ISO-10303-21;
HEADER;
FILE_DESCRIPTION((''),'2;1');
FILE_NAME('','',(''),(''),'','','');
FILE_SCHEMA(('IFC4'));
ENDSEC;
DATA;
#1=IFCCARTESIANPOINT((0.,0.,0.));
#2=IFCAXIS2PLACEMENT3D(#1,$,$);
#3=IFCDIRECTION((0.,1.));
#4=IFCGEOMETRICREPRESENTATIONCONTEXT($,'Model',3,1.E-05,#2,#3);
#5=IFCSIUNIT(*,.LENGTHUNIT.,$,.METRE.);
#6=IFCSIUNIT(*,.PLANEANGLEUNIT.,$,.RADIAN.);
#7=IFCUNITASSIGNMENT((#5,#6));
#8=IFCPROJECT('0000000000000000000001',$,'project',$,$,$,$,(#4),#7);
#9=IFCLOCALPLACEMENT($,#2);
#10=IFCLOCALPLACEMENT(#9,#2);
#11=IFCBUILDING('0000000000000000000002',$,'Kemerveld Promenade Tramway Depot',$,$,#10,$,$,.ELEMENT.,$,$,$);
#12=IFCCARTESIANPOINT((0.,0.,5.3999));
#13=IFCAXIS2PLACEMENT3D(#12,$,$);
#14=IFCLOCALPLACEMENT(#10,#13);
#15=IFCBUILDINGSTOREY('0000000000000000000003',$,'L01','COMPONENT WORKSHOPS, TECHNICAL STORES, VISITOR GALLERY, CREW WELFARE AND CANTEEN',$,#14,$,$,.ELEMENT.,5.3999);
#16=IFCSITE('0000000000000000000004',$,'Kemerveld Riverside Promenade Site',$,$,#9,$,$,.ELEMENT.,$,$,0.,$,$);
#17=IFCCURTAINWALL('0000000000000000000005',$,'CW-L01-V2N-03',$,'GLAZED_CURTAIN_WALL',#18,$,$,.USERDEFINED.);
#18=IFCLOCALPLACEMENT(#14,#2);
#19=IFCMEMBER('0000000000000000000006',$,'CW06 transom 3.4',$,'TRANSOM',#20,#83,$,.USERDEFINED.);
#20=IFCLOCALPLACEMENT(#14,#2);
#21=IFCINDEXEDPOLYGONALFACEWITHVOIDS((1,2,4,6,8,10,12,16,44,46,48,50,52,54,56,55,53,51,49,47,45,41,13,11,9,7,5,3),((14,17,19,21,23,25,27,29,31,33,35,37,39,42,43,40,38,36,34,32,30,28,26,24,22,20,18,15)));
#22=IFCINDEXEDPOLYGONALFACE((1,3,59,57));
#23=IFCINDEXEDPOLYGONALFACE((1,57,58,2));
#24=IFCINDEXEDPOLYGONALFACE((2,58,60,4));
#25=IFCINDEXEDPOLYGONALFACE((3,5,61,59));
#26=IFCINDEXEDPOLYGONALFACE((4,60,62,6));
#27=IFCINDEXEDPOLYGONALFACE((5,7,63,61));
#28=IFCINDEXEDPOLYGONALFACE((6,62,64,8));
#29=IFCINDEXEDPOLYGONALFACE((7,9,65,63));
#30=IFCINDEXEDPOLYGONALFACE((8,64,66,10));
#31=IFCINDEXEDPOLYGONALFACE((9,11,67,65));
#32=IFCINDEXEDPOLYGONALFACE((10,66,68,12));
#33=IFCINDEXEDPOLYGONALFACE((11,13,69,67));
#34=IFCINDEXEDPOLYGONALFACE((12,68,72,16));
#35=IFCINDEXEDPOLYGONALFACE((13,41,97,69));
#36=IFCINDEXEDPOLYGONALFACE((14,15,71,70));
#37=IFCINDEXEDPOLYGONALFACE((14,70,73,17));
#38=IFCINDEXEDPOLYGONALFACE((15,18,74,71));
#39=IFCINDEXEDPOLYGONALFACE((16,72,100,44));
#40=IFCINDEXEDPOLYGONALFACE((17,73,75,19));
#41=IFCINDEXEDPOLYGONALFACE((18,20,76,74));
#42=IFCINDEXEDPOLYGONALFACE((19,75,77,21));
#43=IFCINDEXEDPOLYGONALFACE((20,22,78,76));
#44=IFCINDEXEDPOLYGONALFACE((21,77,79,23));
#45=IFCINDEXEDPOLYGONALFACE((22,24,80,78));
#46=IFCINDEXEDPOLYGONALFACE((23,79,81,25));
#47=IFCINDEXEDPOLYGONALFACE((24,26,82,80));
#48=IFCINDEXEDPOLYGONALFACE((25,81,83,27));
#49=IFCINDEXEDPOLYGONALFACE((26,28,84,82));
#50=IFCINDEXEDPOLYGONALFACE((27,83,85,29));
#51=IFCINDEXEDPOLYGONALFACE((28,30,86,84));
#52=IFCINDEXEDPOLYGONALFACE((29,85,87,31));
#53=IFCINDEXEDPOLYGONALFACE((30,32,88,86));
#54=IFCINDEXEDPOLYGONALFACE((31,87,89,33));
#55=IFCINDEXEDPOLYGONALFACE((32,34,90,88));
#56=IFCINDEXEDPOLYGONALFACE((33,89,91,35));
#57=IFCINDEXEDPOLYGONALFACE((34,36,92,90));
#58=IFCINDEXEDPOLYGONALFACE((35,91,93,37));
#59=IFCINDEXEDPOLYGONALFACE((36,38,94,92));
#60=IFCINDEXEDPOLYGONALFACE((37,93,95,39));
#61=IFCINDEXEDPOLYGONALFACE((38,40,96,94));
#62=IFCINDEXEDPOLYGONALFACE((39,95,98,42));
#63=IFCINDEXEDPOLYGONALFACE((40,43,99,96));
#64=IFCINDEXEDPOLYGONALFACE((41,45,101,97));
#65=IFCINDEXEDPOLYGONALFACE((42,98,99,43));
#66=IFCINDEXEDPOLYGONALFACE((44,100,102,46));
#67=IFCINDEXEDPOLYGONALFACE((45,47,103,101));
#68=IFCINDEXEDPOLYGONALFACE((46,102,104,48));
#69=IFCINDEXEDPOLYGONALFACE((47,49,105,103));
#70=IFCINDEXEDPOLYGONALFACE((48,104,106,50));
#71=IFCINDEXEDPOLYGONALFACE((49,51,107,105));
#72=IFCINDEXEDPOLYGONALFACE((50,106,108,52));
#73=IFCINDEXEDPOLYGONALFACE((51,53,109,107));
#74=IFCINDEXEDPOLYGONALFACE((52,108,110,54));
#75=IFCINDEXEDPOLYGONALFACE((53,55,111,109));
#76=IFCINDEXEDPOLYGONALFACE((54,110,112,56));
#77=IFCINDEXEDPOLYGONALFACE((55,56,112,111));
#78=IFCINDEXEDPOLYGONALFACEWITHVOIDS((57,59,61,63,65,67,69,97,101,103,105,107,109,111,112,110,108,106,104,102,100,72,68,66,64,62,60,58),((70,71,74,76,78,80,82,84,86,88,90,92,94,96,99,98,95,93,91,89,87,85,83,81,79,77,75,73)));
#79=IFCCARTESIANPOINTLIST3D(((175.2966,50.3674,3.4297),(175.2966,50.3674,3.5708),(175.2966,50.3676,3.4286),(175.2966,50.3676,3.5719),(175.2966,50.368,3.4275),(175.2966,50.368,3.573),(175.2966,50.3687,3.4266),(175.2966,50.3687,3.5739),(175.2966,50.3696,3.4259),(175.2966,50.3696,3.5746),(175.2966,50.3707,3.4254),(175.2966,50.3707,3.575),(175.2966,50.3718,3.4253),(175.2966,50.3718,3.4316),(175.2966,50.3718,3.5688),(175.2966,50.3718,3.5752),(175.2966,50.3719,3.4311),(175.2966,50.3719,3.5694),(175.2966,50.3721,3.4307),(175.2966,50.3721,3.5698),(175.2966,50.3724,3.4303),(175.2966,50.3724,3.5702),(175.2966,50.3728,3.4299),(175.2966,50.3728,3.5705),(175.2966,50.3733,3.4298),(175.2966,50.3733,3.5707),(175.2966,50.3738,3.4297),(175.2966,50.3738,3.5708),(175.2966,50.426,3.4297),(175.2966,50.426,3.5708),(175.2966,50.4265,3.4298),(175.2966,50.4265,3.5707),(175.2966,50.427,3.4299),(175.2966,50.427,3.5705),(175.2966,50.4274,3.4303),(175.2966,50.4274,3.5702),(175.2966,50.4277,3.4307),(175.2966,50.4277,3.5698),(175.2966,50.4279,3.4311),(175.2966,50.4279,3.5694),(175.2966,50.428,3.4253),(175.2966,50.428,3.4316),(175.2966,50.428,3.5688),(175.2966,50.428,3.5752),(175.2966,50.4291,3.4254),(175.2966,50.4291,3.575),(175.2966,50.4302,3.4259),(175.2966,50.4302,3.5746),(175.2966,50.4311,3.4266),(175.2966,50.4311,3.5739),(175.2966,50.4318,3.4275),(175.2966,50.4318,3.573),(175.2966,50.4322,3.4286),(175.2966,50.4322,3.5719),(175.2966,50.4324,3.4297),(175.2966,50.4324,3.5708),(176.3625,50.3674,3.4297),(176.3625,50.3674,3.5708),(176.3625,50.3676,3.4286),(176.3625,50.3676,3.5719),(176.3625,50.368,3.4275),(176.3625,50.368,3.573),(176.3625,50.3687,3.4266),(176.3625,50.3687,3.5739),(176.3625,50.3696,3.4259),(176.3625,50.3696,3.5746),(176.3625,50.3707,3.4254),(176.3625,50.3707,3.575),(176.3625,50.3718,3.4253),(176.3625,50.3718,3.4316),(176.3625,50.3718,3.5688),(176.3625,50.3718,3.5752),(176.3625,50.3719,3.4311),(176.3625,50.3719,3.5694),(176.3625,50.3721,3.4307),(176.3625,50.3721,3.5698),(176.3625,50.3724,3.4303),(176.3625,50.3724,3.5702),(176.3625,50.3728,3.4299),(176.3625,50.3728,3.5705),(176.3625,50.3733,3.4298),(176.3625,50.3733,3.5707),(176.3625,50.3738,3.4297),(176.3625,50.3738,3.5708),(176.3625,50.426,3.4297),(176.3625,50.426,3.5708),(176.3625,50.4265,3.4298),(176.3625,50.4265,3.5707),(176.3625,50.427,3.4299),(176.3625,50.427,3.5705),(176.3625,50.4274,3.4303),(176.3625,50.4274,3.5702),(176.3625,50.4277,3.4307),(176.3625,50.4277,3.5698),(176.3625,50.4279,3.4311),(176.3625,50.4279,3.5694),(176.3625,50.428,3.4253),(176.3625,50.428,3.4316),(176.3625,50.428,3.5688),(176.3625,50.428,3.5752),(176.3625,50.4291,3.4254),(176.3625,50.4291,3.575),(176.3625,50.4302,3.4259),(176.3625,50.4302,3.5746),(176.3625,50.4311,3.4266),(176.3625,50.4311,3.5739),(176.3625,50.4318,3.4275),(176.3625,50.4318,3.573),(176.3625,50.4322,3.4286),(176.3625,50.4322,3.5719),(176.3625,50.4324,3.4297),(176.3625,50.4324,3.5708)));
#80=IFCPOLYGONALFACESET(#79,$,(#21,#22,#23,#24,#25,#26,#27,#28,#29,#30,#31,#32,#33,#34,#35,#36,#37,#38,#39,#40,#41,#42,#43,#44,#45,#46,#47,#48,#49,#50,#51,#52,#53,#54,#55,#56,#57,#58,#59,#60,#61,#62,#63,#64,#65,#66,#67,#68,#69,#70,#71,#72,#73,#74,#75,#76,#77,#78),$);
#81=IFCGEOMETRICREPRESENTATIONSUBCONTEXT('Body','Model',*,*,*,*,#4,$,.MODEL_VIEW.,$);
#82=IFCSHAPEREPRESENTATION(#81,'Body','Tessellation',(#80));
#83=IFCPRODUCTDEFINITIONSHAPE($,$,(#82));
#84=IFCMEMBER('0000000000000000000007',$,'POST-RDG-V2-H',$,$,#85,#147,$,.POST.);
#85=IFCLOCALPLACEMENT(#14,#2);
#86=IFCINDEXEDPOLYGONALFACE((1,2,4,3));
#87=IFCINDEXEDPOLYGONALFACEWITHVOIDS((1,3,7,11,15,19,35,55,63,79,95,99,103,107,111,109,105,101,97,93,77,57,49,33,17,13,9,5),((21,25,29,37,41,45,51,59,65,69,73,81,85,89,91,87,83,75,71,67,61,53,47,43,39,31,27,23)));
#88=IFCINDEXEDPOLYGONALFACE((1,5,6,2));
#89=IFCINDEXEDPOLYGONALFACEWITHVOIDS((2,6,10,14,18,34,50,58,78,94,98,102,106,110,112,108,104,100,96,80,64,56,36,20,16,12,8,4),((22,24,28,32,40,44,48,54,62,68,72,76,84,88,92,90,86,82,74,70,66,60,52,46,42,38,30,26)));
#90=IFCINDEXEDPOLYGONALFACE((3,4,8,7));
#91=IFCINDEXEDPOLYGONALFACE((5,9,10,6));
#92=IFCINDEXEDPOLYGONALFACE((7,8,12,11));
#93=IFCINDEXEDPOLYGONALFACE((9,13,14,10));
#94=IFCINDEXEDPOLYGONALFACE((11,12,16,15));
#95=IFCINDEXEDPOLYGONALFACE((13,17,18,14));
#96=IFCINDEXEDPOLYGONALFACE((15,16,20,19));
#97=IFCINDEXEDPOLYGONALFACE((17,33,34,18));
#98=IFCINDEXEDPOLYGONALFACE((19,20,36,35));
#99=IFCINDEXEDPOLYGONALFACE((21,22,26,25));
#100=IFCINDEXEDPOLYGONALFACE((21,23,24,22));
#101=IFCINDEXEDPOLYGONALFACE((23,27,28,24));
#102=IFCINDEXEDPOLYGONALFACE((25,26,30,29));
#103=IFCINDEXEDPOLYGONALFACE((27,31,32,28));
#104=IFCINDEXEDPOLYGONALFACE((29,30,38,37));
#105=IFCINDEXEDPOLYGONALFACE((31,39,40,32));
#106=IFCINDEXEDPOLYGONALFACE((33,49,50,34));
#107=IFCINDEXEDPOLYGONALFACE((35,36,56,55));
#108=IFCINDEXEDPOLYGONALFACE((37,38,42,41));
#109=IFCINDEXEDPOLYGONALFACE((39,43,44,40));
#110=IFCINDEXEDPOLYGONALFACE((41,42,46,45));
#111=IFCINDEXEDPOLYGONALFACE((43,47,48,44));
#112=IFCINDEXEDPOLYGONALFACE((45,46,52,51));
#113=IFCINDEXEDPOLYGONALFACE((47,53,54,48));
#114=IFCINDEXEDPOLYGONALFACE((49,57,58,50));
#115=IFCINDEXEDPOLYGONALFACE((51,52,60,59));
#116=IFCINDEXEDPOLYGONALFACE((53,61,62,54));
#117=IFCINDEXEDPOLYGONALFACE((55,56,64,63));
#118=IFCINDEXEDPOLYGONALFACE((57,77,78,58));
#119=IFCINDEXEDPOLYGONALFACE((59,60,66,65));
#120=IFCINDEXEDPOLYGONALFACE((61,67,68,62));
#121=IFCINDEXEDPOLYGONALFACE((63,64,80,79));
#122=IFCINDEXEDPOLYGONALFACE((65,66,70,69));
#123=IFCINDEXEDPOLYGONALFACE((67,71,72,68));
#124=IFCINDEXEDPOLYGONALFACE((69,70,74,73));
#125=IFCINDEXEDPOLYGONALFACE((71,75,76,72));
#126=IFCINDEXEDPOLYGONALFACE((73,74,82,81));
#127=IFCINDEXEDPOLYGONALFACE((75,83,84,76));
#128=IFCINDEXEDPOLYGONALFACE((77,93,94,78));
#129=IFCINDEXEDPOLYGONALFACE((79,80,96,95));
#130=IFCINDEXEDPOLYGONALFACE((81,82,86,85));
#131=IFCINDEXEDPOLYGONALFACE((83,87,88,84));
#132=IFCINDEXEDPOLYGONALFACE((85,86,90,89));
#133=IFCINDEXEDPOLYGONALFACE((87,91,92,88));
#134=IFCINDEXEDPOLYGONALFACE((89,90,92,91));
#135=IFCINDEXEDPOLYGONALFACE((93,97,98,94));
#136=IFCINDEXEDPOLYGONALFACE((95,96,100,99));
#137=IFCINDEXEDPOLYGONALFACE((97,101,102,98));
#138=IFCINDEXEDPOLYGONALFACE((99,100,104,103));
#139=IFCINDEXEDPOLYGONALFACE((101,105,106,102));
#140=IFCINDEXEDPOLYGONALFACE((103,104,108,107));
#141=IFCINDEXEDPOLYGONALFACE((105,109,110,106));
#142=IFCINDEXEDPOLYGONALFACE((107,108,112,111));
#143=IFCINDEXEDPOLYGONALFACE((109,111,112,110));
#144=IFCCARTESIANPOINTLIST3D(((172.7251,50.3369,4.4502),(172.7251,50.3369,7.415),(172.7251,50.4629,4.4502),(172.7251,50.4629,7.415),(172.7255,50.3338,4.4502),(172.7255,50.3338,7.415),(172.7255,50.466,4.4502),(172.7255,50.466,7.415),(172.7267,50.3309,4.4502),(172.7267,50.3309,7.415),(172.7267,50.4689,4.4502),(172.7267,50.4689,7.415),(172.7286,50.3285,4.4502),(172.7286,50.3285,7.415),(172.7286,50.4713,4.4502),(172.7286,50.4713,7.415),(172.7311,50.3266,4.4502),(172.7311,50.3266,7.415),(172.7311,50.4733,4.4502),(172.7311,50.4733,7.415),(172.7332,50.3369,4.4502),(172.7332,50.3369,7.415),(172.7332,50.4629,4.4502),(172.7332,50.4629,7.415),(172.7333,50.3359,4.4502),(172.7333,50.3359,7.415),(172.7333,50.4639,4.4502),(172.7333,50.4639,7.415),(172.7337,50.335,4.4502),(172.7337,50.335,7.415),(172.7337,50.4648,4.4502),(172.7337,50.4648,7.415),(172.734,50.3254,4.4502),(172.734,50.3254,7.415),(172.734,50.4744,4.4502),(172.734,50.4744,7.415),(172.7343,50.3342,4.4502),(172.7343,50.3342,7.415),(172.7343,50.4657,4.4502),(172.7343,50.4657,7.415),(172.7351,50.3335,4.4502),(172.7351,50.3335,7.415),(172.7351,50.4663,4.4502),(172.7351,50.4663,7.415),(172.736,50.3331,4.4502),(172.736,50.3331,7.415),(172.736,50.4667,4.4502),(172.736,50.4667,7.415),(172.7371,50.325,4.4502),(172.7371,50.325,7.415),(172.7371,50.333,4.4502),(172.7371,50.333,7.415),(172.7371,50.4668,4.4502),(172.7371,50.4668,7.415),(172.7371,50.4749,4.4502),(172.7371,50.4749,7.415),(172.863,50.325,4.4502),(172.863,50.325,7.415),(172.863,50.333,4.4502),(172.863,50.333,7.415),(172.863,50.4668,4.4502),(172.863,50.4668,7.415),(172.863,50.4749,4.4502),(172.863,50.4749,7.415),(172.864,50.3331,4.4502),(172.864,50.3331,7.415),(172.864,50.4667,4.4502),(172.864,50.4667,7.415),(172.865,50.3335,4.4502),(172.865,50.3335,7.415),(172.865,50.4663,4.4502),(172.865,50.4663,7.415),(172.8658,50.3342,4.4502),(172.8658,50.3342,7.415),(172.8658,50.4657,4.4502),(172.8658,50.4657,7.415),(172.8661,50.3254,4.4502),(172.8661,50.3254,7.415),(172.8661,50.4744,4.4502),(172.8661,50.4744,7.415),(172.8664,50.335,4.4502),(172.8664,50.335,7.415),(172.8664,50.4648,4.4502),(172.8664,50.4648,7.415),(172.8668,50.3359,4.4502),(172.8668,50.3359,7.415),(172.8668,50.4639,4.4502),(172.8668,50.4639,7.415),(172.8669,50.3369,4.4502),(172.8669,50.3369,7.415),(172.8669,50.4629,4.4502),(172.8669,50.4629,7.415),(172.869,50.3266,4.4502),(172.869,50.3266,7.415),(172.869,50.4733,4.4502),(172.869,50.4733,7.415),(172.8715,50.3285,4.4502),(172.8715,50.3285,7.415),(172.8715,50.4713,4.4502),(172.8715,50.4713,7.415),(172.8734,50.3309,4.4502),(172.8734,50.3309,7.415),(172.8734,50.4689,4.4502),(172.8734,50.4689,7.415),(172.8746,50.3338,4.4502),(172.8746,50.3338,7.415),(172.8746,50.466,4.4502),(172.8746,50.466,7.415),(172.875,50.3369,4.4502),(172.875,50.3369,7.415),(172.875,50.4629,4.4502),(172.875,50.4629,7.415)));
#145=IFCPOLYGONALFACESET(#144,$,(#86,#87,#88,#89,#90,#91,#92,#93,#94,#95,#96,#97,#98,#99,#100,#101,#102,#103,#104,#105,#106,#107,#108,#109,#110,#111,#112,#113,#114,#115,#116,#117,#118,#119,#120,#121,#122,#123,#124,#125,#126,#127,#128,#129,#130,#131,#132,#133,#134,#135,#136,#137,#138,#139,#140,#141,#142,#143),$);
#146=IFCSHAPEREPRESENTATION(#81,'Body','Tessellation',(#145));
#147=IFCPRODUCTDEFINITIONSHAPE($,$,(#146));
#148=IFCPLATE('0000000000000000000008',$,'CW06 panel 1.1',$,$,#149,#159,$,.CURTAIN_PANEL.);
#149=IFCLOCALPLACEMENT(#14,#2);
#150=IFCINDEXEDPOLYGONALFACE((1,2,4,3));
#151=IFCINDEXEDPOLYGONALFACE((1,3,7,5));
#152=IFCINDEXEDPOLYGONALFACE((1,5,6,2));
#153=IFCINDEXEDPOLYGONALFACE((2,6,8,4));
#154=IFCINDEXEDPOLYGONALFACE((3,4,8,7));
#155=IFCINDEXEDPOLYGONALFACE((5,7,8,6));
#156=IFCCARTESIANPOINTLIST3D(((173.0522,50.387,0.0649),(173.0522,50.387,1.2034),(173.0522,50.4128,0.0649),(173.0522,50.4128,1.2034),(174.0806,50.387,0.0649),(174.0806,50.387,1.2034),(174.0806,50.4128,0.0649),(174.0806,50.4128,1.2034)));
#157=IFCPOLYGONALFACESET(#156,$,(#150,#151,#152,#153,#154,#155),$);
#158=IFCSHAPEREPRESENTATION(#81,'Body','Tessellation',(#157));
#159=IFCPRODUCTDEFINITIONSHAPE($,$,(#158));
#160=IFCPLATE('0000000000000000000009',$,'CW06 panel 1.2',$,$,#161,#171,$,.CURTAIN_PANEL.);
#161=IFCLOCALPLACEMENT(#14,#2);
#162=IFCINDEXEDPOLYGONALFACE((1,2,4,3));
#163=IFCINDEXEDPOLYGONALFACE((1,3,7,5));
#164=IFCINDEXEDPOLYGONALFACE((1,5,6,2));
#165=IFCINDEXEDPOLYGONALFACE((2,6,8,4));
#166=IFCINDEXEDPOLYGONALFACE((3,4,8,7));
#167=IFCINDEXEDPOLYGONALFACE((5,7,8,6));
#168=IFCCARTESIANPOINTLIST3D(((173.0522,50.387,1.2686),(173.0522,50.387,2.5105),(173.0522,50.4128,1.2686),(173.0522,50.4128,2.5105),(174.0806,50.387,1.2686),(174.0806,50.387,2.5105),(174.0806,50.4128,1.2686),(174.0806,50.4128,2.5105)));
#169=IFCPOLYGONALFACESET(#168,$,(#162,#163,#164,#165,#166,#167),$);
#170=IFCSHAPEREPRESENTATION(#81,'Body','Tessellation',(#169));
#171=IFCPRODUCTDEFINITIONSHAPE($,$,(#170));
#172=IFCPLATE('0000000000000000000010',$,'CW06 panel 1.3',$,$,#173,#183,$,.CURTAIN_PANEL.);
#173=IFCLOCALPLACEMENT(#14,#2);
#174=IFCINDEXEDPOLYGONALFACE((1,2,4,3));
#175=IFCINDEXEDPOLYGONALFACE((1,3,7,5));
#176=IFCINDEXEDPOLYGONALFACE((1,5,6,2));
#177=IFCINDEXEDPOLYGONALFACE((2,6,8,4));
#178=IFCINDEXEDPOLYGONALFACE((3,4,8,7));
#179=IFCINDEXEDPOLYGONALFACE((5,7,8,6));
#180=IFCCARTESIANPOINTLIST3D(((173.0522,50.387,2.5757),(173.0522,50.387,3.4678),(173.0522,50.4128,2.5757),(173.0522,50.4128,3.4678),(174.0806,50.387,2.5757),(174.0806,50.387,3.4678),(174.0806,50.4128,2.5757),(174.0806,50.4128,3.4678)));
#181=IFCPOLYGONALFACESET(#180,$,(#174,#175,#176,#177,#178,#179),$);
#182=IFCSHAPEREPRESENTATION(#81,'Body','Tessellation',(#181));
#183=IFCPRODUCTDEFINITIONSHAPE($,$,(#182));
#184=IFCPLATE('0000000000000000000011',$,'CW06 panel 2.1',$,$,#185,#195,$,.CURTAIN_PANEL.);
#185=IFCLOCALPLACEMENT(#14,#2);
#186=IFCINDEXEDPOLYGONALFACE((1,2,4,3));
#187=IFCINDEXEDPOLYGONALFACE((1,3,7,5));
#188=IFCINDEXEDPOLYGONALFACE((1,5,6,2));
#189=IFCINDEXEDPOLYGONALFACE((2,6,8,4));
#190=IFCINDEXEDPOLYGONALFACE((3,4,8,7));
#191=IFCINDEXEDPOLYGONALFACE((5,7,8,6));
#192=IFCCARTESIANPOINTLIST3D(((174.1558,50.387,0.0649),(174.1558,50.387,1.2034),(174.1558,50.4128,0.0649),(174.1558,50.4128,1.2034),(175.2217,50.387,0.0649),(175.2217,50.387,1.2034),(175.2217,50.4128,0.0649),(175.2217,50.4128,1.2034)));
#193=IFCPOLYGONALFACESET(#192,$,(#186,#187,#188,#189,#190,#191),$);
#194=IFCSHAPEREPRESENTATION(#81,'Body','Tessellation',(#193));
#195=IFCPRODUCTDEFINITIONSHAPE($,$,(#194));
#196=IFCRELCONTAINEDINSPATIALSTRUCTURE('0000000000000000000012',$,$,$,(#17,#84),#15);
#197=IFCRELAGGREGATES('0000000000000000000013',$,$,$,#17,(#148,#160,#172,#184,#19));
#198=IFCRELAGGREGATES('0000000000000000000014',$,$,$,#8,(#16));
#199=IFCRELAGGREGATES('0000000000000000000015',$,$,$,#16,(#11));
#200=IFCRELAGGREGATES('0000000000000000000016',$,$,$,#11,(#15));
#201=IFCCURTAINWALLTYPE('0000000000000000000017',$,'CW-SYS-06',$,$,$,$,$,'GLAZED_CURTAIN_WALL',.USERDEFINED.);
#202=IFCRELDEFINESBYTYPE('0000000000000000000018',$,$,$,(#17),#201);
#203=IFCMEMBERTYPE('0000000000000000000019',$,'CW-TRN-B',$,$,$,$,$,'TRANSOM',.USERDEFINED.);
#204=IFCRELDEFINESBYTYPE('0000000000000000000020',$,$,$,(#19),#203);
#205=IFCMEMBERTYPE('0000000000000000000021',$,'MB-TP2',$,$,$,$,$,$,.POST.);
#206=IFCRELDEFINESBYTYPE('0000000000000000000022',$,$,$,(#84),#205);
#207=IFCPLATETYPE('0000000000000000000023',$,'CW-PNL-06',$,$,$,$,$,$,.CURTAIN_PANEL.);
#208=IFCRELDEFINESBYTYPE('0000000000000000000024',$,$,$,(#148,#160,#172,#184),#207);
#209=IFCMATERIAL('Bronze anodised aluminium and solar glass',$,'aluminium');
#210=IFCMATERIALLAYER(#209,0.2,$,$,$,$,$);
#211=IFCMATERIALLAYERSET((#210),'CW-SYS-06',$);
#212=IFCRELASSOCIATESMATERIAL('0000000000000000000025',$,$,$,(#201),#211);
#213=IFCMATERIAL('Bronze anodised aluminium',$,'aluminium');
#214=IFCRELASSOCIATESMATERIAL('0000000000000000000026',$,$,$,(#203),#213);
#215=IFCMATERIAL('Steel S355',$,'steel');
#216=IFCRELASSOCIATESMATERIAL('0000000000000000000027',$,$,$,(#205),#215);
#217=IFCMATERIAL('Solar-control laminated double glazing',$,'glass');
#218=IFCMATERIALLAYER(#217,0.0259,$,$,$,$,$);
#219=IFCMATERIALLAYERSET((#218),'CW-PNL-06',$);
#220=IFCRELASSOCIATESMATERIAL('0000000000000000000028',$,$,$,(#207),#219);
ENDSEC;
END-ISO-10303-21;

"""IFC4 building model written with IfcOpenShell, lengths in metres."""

from ifc_helpers import new_model, si_unit, direction, frame, origin, origin_2d, place, context, subcontext, project, spatial, rectangle, hollow_rectangle, extrude, material, layer, layer_set, material_profile, profile_set, type_object, element, aggregate, save


model = new_model("IFC4")

# Units and contexts
model_context = context("Model", 3, precision=1e-05, world=origin(), true_north=direction((0.0, 1.0)))
body_context = subcontext(model_context, "Body", "Model", "MODEL_VIEW")
ifc_project = project(units=[si_unit("LENGTHUNIT", "METRE"), si_unit("PLANEANGLEUNIT", "RADIAN")], contexts=[model_context])

# Site, building, storey
site_placement = place(None, origin())
site = spatial("IfcSite", under=ifc_project, at=site_placement, Name="Kemerveld Riverside Promenade Site", CompositionType="ELEMENT", RefElevation=0.0)
building_placement = place(site_placement, origin())
building = spatial("IfcBuilding", under=site, at=building_placement, Name="Kemerveld Promenade Tramway Depot", CompositionType="ELEMENT")
storey_placement = place(building_placement, frame((0.0, 0.0, 5.3999)))
storey = spatial("IfcBuildingStorey", under=building, at=storey_placement, Name="L01", Description="COMPONENT WORKSHOPS, TECHNICAL STORES, VISITOR GALLERY, CREW WELFARE AND CANTEEN", CompositionType="ELEMENT", Elevation=5.3999)

# Shared definitions
ifc_material_1 = material(Name="Steel S355", Category="steel")

# Curtain wall, member
ifc_material_2 = material(Name="Bronze anodised aluminium and solar glass", Category="aluminium")
ifc_layer_1 = layer(ifc_material_2, 0.2)
ifc_layer_set_1 = layer_set([ifc_layer_1], Name="CW-SYS-06")
curtain_wall_type = type_object("IfcCurtainWallType", Name="CW-SYS-06", ElementType="GLAZED_CURTAIN_WALL", PredefinedType="USERDEFINED", material=ifc_layer_set_1)
curtain_wall_placement = place(storey_placement, origin())
curtain_wall = element("IfcCurtainWall", 1, at=curtain_wall_placement, inside=storey, type_object=curtain_wall_type, Name="CW-L01-V2N-03", ObjectType="GLAZED_CURTAIN_WALL", PredefinedType="USERDEFINED")
ifc_material_3 = material(Name="Bronze anodised aluminium", Category="aluminium")
ifc_material_profile_1 = material_profile(ifc_material_3, hollow_rectangle(XDim=0.0649, YDim=0.1499, WallThickness=0.0044, InnerFilletRadius=0.002, OuterFilletRadius=0.0044, at=origin_2d()), Name="CW-TRN-150x65")
ifc_profile_set_1 = profile_set([ifc_material_profile_1], Name="Bronze anodised aluminium")
member_type_1 = type_object("IfcMemberType", Name="CW-TRN-B", ElementType="TRANSOM", PredefinedType="USERDEFINED", material=ifc_profile_set_1)
member_1_placement = place(storey_placement, frame((175.2966, 50.3999, 3.5002), z_axis=(1.0, 0.0, 0.0), x_axis=(0.0, 1.0, 0.0)))
member_1 = element("IfcMember", 2, at=member_1_placement, type_object=member_type_1, Name="CW06 transom 3.4", ObjectType="TRANSOM", PredefinedType="USERDEFINED", context=body_context, shape_type="SweptSolid", body=[
    extrude(hollow_rectangle(XDim=0.0649, YDim=0.1499, WallThickness=0.0044, InnerFilletRadius=0.002, OuterFilletRadius=0.0044, at=origin_2d()), origin(), (0.0, 0.0, 1.0), 1.0659),
])

# Member
ifc_material_profile_2 = material_profile(ifc_material_1, hollow_rectangle(XDim=0.1499, YDim=0.1499, WallThickness=0.0081, InnerFilletRadius=0.0039, OuterFilletRadius=0.012, at=origin_2d()), Name="150x150x8.0 SHS")
ifc_profile_set_2 = profile_set([ifc_material_profile_2], Name="Steel S355")
member_type_2 = type_object("IfcMemberType", Name="MB-TP2", PredefinedType="POST", material=ifc_profile_set_2)
member_2_placement = place(storey_placement, frame((172.8, 50.3999, 4.4502), z_axis=(0.0, 0.0, 1.0), x_axis=(1.0, 0.0, 0.0)))
element("IfcMember", 3, at=member_2_placement, inside=storey, type_object=member_type_2, Name="POST-RDG-V2-H", PredefinedType="POST", context=body_context, shape_type="SweptSolid", body=[
    extrude(hollow_rectangle(XDim=0.1499, YDim=0.1499, WallThickness=0.0081, InnerFilletRadius=0.0039, OuterFilletRadius=0.012, at=origin_2d()), origin(), (0.0, 0.0, 1.0), 2.9648),
])

# Plates
ifc_material_4 = material(Name="Solar-control laminated double glazing", Category="glass")
ifc_layer_2 = layer(ifc_material_4, 0.0259)
ifc_layer_set_2 = layer_set([ifc_layer_2], Name="CW-PNL-06")
plate_type_1 = type_object("IfcPlateType", Name="CW-PNL-06", PredefinedType="CURTAIN_PANEL", material=ifc_layer_set_2)
plate_1_placement = place(storey_placement, frame((173.5664, 50.3999, 0.0649), z_axis=(0.0, 0.0, 1.0), x_axis=(1.0, 0.0, 0.0)))
plate_1 = element("IfcPlate", 4, at=plate_1_placement, type_object=plate_type_1, Name="CW06 panel 1.1", PredefinedType="CURTAIN_PANEL", context=body_context, shape_type="SweptSolid", body=[
    extrude(rectangle(XDim=1.0283, YDim=0.0259, at=origin_2d()), origin(), (0.0, 0.0, 1.0), 1.1384),
])
plate_2_placement = place(storey_placement, frame((173.5664, 50.3999, 1.2686), z_axis=(0.0, 0.0, 1.0), x_axis=(1.0, 0.0, 0.0)))
plate_2 = element("IfcPlate", 5, at=plate_2_placement, type_object=plate_type_1, Name="CW06 panel 1.2", PredefinedType="CURTAIN_PANEL", context=body_context, shape_type="SweptSolid", body=[
    extrude(rectangle(XDim=1.0283, YDim=0.0259, at=origin_2d()), origin(), (0.0, 0.0, 1.0), 1.2419),
])
plate_3_placement = place(storey_placement, frame((173.5664, 50.3999, 2.5757), z_axis=(0.0, 0.0, 1.0), x_axis=(1.0, 0.0, 0.0)))
plate_3 = element("IfcPlate", 6, at=plate_3_placement, type_object=plate_type_1, Name="CW06 panel 1.3", PredefinedType="CURTAIN_PANEL", context=body_context, shape_type="SweptSolid", body=[
    extrude(rectangle(XDim=1.0283, YDim=0.0259, at=origin_2d()), origin(), (0.0, 0.0, 1.0), 0.8921),
])
plate_4_placement = place(storey_placement, frame((174.6887, 50.3999, 0.0649), z_axis=(0.0, 0.0, 1.0), x_axis=(1.0, 0.0, 0.0)))
plate_4 = element("IfcPlate", 7, at=plate_4_placement, type_object=plate_type_1, Name="CW06 panel 2.1", PredefinedType="CURTAIN_PANEL", context=body_context, shape_type="SweptSolid", body=[
    extrude(rectangle(XDim=1.0659, YDim=0.0259, at=origin_2d()), origin(), (0.0, 0.0, 1.0), 1.1384),
])
aggregate(curtain_wall, [plate_1, plate_2, plate_3, plate_4, member_1])

save(model, "model.ifc")
